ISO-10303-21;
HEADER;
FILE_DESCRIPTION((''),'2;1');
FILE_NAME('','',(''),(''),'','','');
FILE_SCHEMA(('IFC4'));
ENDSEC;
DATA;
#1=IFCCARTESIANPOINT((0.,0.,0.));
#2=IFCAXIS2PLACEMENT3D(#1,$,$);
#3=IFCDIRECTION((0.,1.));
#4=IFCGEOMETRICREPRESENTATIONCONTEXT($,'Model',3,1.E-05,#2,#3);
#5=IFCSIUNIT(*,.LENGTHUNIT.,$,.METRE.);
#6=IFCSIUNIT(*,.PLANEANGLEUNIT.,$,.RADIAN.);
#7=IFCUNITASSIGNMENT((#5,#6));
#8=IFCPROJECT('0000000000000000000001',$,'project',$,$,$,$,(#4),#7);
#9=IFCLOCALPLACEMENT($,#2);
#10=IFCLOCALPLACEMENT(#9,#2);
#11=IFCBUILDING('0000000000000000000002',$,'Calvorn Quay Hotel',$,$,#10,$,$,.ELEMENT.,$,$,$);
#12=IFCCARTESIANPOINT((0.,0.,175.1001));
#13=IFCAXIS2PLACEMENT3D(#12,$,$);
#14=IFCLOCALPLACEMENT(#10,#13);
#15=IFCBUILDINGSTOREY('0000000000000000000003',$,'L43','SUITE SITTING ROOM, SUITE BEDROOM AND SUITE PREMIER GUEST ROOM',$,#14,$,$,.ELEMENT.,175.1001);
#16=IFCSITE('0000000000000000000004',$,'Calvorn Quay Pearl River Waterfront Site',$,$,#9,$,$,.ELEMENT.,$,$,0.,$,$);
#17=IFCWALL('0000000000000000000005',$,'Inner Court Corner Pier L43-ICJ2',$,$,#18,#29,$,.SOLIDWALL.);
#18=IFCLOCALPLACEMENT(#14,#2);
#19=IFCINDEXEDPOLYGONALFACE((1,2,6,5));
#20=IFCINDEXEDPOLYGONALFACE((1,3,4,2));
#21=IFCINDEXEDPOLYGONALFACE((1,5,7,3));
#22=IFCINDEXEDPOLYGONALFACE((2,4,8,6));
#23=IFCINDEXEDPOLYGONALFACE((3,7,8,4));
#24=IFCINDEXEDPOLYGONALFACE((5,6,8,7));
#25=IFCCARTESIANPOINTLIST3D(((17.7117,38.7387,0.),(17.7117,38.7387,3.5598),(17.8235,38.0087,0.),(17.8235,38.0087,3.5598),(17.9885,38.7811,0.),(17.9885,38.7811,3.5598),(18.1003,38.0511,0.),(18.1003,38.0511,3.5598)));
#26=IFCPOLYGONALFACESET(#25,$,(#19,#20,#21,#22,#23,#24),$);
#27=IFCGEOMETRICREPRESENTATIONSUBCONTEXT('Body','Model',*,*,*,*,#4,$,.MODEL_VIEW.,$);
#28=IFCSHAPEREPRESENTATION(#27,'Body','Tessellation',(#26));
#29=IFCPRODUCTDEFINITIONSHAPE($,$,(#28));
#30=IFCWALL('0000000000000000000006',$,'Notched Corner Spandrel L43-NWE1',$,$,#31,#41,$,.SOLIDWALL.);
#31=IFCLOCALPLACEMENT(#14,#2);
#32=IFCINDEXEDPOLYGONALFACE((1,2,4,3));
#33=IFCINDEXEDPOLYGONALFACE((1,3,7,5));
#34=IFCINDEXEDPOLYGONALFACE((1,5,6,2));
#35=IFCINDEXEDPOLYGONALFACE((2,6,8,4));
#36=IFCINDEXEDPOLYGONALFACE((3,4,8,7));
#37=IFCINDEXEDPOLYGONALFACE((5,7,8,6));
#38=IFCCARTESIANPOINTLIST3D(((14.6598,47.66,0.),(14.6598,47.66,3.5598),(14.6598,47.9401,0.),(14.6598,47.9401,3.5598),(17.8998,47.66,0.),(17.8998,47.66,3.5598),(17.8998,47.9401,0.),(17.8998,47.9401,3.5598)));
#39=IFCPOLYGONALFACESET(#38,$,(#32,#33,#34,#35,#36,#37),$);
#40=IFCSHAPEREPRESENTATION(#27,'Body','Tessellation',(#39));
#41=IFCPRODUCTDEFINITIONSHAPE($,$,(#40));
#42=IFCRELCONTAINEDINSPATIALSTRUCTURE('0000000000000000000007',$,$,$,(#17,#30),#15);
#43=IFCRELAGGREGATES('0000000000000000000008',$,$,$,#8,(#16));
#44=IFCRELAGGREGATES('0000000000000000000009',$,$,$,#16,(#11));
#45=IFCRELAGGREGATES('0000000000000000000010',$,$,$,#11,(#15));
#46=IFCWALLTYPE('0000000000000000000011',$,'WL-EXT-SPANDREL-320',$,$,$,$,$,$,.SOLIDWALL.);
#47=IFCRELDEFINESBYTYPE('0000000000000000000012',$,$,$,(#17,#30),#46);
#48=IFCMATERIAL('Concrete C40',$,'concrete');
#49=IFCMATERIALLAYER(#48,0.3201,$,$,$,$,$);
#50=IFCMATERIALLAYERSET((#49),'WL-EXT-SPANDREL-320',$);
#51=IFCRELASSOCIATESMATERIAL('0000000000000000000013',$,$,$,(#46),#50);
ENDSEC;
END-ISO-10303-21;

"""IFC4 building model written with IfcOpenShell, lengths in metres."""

from ifc_helpers import new_model, si_unit, direction, frame, frame_2d, origin, place, context, subcontext, project, spatial, rectangle, extrude, material, layer, layer_set, type_object, element, save


model = new_model("IFC4")

# Units and contexts
model_context = context("Model", 3, precision=1e-05, world=origin(), true_north=direction((0.0, 1.0)))
body_context = subcontext(model_context, "Body", "Model", "MODEL_VIEW")
ifc_project = project(units=[si_unit("LENGTHUNIT", "METRE"), si_unit("PLANEANGLEUNIT", "RADIAN")], contexts=[model_context])

# Site, building, storey
site_placement = place(None, origin())
site = spatial("IfcSite", under=ifc_project, at=site_placement, Name="Calvorn Quay Pearl River Waterfront Site", CompositionType="ELEMENT", RefElevation=0.0)
building_placement = place(site_placement, origin())
building = spatial("IfcBuilding", under=site, at=building_placement, Name="Calvorn Quay Hotel", CompositionType="ELEMENT")
storey_placement = place(building_placement, frame((0.0, 0.0, 175.1001)))
storey = spatial("IfcBuildingStorey", under=building, at=storey_placement, Name="L43", Description="SUITE SITTING ROOM, SUITE BEDROOM AND SUITE PREMIER GUEST ROOM", CompositionType="ELEMENT", Elevation=175.1001)

# Walls
ifc_material_1 = material(Name="Concrete C40", Category="concrete")
ifc_layer_1 = layer(ifc_material_1, 0.3201)
ifc_layer_set_1 = layer_set([ifc_layer_1], Name="WL-EXT-SPANDREL-320")
wall_type = type_object("IfcWallType", Name="WL-EXT-SPANDREL-320", PredefinedType="SOLIDWALL", material=ifc_layer_set_1)
wall_1_placement = place(storey_placement, frame((17.9619, 38.03, 0.0), z_axis=(0.0, 0.0, 1.0), x_axis=(-0.151411, 0.988471, 0.0)))
element("IfcWall", 1, at=wall_1_placement, inside=storey, type_object=wall_type, Name="Inner Court Corner Pier L43-ICJ2", PredefinedType="SOLIDWALL", context=body_context, shape_type="SweptSolid", body=[
    extrude(rectangle(XDim=0.7385, YDim=0.28, at=frame_2d((0.3691, 0.0))), origin(), (0.0, 0.0, 1.0), 3.5598),
])
wall_2_placement = place(storey_placement, frame((17.8999, 47.8, 0.0), z_axis=(0.0, 0.0, 1.0), x_axis=(-1.0, 0.0, 0.0)))
element("IfcWall", 2, at=wall_2_placement, inside=storey, type_object=wall_type, Name="Notched Corner Spandrel L43-NWE1", PredefinedType="SOLIDWALL", context=body_context, shape_type="SweptSolid", body=[
    extrude(rectangle(XDim=3.24, YDim=0.28, at=frame_2d((1.6201, 0.0))), origin(), (0.0, 0.0, 1.0), 3.5598),
])

save(model, "model.ifc")
